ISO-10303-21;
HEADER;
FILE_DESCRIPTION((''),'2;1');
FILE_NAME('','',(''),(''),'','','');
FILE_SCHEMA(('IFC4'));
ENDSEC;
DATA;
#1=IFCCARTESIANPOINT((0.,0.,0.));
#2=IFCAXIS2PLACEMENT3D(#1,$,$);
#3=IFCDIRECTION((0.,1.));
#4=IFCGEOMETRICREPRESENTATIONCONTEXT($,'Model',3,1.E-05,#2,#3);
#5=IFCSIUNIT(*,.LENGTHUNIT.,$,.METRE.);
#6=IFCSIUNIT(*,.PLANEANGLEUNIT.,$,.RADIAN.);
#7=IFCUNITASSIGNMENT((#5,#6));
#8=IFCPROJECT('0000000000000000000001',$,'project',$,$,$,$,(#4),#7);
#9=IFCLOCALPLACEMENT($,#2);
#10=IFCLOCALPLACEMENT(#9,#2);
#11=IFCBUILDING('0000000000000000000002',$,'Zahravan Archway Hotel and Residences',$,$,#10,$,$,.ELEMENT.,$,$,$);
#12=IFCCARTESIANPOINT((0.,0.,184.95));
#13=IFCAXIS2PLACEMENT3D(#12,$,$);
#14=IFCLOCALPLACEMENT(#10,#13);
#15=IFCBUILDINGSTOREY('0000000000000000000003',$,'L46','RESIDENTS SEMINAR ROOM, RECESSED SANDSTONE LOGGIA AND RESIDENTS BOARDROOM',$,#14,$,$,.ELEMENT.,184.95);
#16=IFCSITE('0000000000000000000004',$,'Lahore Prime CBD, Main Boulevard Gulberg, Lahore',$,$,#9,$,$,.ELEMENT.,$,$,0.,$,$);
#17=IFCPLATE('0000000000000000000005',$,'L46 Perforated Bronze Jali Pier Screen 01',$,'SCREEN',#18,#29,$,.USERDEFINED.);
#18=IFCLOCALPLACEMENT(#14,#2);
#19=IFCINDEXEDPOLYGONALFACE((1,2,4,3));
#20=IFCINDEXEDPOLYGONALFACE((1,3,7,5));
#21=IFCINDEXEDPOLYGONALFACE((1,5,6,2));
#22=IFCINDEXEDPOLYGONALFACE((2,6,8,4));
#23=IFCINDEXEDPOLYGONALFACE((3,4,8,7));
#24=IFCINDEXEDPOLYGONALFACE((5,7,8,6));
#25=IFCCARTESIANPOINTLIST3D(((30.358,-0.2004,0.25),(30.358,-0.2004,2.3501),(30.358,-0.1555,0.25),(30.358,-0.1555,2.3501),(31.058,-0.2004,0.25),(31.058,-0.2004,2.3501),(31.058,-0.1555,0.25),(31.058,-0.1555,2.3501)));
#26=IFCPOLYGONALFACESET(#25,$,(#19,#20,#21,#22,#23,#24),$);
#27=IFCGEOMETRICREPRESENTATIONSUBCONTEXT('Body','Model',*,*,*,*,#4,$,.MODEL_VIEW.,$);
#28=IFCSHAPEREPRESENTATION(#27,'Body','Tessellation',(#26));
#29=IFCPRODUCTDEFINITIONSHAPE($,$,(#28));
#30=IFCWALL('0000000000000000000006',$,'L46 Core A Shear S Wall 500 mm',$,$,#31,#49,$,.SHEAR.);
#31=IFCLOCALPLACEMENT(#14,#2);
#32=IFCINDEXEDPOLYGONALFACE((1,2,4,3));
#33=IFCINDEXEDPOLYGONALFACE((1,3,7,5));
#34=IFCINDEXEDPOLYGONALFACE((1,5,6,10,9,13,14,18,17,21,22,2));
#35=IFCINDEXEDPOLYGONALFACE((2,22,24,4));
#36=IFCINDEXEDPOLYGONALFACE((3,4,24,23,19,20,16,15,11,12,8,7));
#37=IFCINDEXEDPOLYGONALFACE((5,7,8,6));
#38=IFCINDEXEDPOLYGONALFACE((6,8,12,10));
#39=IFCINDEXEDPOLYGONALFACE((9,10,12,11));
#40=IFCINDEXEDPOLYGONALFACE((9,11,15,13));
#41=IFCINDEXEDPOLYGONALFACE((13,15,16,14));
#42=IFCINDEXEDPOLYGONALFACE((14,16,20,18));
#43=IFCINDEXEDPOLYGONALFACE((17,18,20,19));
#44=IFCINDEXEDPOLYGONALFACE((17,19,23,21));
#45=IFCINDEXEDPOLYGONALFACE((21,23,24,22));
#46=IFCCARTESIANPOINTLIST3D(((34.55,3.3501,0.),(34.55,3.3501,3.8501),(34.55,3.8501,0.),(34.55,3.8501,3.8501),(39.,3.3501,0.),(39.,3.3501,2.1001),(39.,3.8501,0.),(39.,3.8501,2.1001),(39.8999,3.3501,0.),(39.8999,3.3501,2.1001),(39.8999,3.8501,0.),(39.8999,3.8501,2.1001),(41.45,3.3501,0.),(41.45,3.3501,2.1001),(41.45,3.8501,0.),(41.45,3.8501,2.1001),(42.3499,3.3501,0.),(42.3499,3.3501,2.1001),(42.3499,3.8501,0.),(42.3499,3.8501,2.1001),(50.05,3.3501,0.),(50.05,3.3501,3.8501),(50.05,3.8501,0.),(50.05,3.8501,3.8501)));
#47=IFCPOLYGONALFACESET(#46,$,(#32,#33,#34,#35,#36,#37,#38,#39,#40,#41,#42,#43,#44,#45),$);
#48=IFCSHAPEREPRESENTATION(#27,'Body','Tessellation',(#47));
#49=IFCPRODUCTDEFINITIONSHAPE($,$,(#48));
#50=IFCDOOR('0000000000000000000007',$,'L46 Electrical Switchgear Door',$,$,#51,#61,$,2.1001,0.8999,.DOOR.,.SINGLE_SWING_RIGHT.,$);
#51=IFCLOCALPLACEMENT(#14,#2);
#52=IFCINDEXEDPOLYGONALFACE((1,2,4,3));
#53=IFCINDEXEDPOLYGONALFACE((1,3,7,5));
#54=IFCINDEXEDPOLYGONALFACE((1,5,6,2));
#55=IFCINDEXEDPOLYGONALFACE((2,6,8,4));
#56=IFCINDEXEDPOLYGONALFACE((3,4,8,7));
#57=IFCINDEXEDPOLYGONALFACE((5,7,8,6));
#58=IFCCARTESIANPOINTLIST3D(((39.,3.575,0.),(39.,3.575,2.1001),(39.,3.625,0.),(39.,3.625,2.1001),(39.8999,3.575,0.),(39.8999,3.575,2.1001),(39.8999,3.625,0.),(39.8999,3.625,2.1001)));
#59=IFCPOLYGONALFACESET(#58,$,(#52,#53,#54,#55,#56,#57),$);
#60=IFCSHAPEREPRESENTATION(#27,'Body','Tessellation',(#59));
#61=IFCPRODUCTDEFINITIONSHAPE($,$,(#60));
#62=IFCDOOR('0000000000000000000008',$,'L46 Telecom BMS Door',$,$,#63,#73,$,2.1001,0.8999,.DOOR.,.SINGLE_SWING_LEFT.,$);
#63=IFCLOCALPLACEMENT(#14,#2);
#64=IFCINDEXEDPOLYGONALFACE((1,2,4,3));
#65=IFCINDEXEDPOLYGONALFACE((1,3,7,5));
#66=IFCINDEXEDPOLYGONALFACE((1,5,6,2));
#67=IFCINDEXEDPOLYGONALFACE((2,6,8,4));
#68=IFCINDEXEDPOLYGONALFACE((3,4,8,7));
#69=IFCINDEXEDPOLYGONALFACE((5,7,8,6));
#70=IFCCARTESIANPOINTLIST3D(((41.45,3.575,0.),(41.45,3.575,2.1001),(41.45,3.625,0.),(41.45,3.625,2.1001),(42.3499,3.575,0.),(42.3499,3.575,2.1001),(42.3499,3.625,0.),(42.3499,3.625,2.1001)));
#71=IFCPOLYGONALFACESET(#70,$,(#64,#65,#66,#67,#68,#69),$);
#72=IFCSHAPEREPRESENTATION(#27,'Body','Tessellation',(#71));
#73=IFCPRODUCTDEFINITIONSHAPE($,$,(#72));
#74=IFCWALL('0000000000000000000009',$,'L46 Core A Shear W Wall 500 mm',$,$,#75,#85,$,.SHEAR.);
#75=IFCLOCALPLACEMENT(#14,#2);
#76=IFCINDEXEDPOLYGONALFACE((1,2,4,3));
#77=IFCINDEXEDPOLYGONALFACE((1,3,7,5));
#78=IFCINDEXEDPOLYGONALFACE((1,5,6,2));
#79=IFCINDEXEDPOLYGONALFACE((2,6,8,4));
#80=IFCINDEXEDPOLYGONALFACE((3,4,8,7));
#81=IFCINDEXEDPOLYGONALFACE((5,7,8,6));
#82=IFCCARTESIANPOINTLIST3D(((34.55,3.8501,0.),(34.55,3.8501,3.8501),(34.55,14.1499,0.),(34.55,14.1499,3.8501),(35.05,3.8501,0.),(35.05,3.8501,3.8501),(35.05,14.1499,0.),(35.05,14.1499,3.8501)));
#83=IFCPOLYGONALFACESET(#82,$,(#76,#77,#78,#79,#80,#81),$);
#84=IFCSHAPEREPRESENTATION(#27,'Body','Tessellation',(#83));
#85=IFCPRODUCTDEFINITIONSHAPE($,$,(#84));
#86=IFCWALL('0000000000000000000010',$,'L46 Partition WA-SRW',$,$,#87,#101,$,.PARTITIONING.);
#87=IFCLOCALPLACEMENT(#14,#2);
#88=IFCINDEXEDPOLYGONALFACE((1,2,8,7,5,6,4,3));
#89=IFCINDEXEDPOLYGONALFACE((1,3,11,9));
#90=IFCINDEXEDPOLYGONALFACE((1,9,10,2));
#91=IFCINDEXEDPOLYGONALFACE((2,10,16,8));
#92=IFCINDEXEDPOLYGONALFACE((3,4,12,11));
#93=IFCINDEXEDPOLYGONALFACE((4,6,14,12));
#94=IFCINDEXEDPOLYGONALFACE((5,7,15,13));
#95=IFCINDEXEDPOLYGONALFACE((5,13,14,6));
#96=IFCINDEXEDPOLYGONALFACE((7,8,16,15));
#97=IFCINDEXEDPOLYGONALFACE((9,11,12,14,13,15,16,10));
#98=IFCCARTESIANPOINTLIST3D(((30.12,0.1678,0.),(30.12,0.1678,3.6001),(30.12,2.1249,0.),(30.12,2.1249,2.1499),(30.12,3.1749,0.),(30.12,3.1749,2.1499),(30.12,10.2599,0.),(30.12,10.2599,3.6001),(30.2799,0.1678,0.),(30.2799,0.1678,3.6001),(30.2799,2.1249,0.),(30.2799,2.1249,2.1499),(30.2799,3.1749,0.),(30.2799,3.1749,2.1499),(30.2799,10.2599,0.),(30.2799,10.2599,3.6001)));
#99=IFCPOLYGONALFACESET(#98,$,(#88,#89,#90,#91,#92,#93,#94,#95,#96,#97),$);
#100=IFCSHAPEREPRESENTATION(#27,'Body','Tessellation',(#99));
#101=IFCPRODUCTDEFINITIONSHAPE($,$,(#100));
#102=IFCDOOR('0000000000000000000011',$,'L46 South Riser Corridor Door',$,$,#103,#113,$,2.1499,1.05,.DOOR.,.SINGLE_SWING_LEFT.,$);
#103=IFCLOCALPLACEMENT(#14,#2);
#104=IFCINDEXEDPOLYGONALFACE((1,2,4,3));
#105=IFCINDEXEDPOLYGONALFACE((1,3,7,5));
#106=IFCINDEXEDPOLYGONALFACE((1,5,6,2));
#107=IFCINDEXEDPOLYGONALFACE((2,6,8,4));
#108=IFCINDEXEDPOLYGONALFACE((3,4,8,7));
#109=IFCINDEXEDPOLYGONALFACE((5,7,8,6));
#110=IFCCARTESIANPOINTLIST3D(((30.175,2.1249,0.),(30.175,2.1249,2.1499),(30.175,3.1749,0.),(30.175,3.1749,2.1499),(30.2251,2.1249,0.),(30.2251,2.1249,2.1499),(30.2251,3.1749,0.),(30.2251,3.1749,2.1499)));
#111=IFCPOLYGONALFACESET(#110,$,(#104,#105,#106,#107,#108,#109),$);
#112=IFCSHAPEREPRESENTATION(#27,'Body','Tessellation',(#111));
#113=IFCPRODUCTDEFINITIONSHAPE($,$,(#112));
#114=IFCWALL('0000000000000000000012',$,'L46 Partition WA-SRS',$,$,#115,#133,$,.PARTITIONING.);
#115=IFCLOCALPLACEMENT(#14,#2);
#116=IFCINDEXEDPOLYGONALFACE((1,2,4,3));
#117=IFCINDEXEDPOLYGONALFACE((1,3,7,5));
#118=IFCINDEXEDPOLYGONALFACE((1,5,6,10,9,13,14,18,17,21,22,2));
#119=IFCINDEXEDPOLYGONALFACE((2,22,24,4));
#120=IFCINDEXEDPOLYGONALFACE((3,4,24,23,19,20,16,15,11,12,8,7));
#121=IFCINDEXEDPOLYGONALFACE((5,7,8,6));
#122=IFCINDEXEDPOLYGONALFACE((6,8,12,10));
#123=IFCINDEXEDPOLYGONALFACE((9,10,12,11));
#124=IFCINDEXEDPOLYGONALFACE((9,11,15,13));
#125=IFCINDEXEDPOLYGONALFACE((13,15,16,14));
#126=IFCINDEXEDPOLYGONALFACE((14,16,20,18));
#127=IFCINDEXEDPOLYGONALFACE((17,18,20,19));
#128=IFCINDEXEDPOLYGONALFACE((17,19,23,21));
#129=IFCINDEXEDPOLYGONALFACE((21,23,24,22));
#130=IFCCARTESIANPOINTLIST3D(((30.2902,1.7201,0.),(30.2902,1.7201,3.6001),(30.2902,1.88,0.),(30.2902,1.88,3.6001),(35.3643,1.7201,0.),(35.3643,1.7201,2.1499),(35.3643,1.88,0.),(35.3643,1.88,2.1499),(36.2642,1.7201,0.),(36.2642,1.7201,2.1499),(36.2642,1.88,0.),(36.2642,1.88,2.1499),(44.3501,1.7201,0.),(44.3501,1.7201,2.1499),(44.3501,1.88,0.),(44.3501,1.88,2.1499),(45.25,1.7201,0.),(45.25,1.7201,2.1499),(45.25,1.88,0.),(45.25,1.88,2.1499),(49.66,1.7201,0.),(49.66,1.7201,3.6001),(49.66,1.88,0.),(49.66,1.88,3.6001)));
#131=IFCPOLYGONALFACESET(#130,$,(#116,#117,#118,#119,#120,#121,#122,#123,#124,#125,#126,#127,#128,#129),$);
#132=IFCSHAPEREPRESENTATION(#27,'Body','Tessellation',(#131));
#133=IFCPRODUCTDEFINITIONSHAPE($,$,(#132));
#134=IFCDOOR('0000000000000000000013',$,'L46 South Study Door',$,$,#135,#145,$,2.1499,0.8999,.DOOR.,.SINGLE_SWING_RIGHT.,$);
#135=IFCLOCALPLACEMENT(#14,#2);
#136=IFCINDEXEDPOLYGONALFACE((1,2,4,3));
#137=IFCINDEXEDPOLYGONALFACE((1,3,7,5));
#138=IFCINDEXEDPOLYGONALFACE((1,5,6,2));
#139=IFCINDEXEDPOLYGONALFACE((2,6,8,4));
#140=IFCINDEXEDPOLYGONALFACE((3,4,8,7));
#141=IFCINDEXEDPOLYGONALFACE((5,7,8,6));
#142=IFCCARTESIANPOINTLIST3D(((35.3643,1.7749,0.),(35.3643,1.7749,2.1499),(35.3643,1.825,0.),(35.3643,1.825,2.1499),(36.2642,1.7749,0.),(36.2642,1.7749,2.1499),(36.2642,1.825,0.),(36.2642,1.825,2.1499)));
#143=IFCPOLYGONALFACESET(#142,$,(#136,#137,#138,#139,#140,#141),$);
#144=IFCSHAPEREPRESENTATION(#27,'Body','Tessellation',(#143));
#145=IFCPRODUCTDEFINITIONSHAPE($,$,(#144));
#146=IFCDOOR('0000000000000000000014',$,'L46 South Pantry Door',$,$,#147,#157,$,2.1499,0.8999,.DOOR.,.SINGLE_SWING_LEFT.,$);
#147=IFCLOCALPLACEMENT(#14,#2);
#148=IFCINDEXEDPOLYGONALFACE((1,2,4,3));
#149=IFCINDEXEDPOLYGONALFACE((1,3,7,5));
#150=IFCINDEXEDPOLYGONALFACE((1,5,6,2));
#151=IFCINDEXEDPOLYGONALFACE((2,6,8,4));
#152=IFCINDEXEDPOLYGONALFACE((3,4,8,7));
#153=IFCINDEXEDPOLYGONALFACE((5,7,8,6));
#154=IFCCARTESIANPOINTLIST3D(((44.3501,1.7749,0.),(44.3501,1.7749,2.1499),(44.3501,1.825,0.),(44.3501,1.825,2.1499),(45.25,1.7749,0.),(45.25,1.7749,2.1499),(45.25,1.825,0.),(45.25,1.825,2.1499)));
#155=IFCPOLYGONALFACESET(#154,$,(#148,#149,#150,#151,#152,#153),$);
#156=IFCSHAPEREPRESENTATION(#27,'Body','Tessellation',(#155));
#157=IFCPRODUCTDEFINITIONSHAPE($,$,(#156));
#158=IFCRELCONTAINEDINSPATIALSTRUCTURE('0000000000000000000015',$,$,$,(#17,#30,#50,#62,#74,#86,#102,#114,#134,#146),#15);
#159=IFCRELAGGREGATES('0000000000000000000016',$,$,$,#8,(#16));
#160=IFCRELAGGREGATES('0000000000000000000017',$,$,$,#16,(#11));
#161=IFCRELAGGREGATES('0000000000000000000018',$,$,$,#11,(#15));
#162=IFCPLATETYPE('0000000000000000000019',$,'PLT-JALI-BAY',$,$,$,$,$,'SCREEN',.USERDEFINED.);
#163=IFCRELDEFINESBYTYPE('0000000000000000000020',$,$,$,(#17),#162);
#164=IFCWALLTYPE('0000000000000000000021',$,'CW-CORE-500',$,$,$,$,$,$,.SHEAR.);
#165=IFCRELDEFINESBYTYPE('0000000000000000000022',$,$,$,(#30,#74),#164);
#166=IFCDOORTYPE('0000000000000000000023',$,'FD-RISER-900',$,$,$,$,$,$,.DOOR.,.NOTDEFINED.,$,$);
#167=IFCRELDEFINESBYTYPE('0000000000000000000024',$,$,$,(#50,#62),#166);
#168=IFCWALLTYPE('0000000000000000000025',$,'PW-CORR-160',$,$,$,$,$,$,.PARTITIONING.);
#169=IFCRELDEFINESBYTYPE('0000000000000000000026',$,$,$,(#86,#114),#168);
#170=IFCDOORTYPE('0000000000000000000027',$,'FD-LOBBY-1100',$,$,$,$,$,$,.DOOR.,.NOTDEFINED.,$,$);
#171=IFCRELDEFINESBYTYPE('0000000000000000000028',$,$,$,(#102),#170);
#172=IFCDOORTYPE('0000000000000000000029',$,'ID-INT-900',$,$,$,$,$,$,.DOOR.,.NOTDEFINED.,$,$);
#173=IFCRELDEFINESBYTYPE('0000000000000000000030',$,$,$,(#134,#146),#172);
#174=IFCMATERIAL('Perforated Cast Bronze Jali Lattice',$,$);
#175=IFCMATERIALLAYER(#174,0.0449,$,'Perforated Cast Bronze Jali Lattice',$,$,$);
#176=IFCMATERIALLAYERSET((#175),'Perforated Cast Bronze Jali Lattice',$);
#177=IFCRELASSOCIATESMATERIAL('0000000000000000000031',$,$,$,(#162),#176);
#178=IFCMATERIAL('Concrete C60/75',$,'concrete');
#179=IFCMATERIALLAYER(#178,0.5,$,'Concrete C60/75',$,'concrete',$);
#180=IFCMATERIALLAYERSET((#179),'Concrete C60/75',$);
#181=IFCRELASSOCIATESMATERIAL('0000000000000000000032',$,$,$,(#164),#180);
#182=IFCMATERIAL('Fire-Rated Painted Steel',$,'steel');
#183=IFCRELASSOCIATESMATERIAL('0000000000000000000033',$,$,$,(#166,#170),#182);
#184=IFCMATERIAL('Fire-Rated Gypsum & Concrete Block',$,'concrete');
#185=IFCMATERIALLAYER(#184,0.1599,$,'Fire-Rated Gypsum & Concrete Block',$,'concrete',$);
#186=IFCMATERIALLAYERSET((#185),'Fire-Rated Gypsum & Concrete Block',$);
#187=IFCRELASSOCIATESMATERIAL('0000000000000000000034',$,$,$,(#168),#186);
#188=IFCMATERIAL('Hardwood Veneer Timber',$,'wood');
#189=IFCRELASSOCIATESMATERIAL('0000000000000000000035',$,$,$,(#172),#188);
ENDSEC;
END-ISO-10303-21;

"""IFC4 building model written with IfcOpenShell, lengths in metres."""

from ifc_helpers import new_model, si_unit, direction, frame, frame_2d, origin, origin_2d, place, context, subcontext, project, spatial, rectangle, extrude, source, transform, mapped, material, layer, layer_set, type_object, type_shapes, element, fill, save


model = new_model("IFC4")

# Units and contexts
model_context = context("Model", 3, precision=1e-05, world=origin(), true_north=direction((0.0, 1.0)))
body_context = subcontext(model_context, "Body", "Model", "MODEL_VIEW")
ifc_project = project(units=[si_unit("LENGTHUNIT", "METRE"), si_unit("PLANEANGLEUNIT", "RADIAN")], contexts=[model_context])

# Site, building, storey
site_placement = place(None, origin())
site = spatial("IfcSite", under=ifc_project, at=site_placement, Name="Lahore Prime CBD, Main Boulevard Gulberg, Lahore", CompositionType="ELEMENT", RefElevation=0.0)
building_placement = place(site_placement, origin())
building = spatial("IfcBuilding", under=site, at=building_placement, Name="Zahravan Archway Hotel and Residences", CompositionType="ELEMENT")
storey_placement = place(building_placement, frame((0.0, 0.0, 184.95)))
storey = spatial("IfcBuildingStorey", under=building, at=storey_placement, Name="L46", Description="RESIDENTS SEMINAR ROOM, RECESSED SANDSTONE LOGGIA AND RESIDENTS BOARDROOM", CompositionType="ELEMENT", Elevation=184.95)

# Shared definitions
ifc_material_1 = material(Name="Concrete C60/75", Category="concrete")

# Plate
ifc_material_2 = material(Name="Perforated Cast Bronze Jali Lattice")
ifc_layer_1 = layer(ifc_material_2, 0.0449, Name="Perforated Cast Bronze Jali Lattice")
ifc_layer_set_1 = layer_set([ifc_layer_1], Name="Perforated Cast Bronze Jali Lattice")
plate_type = type_object("IfcPlateType", Name="PLT-JALI-BAY", ElementType="SCREEN", PredefinedType="USERDEFINED", material=ifc_layer_set_1)
shared_shape_1 = source(origin(), body_context, "Body", "SweptSolid", [
    extrude(rectangle(XDim=0.7, YDim=0.0449, at=origin_2d()), origin(), (0.0, 0.0, 1.0), 2.1001),
])
type_shapes(plate_type, [shared_shape_1])
plate_placement = place(storey_placement, frame((30.708, -0.178, 0.25), z_axis=(0.0, 0.0, 1.0), x_axis=(1.0, 0.0, 0.0)))
element("IfcPlate", 1, at=plate_placement, inside=storey, type_object=plate_type, Name="L46 Perforated Bronze Jali Pier Screen 01", ObjectType="SCREEN", PredefinedType="USERDEFINED", context=body_context, shape_type="MappedRepresentation", body=[
    mapped(shared_shape_1, transform((0.0, 0.0, 0.0), scale=1.0)),
])

# Wall, openings, doors
ifc_layer_2 = layer(ifc_material_1, 0.5, Name="Concrete C60/75", Category="concrete")
ifc_layer_set_2 = layer_set([ifc_layer_2], Name="Concrete C60/75")
wall_type_1 = type_object("IfcWallType", Name="CW-CORE-500", PredefinedType="SHEAR", material=ifc_layer_set_2)
wall_1_placement = place(storey_placement, frame((34.55, 3.6001, 0.0), z_axis=(0.0, 0.0, 1.0), x_axis=(1.0, 0.0, 0.0)))
wall_1 = element("IfcWall", 2, at=wall_1_placement, inside=storey, type_object=wall_type_1, Name="L46 Core A Shear S Wall 500 mm", PredefinedType="SHEAR", context=body_context, shape_type="SweptSolid", body=[
    extrude(rectangle(XDim=15.5, YDim=0.5, at=frame_2d((7.75, 0.0))), origin(), (0.0, 0.0, 1.0), 3.8501),
])
opening_1_placement = place(wall_1_placement, frame((4.45, 0.0, 0.0)))
opening_1 = element("IfcOpeningElement", 3, at=opening_1_placement, cuts=wall_1, PredefinedType="OPENING", context=body_context, shape_type="SweptSolid", body=[
    extrude(rectangle(XDim=0.8999, YDim=2.1001, at=frame_2d((0.45, 1.05))), frame((0.0, 0.26, 0.0), z_axis=(0.0, -1.0, 0.0), x_axis=(1.0, 0.0, 0.0)), (0.0, 0.0, 1.0), 0.52),
])
opening_2_placement = place(wall_1_placement, frame((6.8999, 0.0, 0.0)))
opening_2 = element("IfcOpeningElement", 4, at=opening_2_placement, cuts=wall_1, PredefinedType="OPENING", context=body_context, shape_type="SweptSolid", body=[
    extrude(rectangle(XDim=0.8999, YDim=2.1001, at=frame_2d((0.45, 1.05))), frame((0.0, 0.26, 0.0), z_axis=(0.0, -1.0, 0.0), x_axis=(1.0, 0.0, 0.0)), (0.0, 0.0, 1.0), 0.52),
])
ifc_material_3 = material(Name="Fire-Rated Painted Steel", Category="steel")
door_type_1 = type_object("IfcDoorType", Name="FD-RISER-900", OperationType="NOTDEFINED", PredefinedType="DOOR", material=ifc_material_3)
shared_shape_2 = source(origin(), body_context, "Body", "SweptSolid", [
    extrude(rectangle(XDim=0.8999, YDim=2.1001, at=frame_2d((0.45, 1.05))), frame((0.0, 0.0249, 0.0), z_axis=(0.0, -1.0, 0.0), x_axis=(1.0, 0.0, 0.0)), (0.0, 0.0, 1.0), 0.05),
])
type_shapes(door_type_1, [shared_shape_2])
door_1_placement = place(opening_1_placement, origin())
door_1 = element("IfcDoor", 5, at=door_1_placement, inside=storey, type_object=door_type_1, Name="L46 Electrical Switchgear Door", OperationType="SINGLE_SWING_RIGHT", OverallHeight=2.1001, OverallWidth=0.8999, PredefinedType="DOOR", context=body_context, shape_type="MappedRepresentation", body=[
    mapped(shared_shape_2, transform((0.0, 0.0, 0.0), scale=1.0)),
])
fill(opening_1, door_1)
door_2_placement = place(opening_2_placement, origin())
door_2 = element("IfcDoor", 6, at=door_2_placement, inside=storey, type_object=door_type_1, Name="L46 Telecom BMS Door", OperationType="SINGLE_SWING_LEFT", OverallHeight=2.1001, OverallWidth=0.8999, PredefinedType="DOOR", context=body_context, shape_type="MappedRepresentation", body=[
    mapped(shared_shape_2, transform((0.0, 0.0, 0.0), scale=1.0)),
])
fill(opening_2, door_2)

# Wall
wall_2_placement = place(storey_placement, frame((34.8, 3.8501, 0.0), z_axis=(0.0, 0.0, 1.0), x_axis=(0.0, 1.0, 0.0)))
element("IfcWall", 7, at=wall_2_placement, inside=storey, type_object=wall_type_1, Name="L46 Core A Shear W Wall 500 mm", PredefinedType="SHEAR", context=body_context, shape_type="SweptSolid", body=[
    extrude(rectangle(XDim=10.2998, YDim=0.5, at=frame_2d((5.1499, 0.0))), origin(), (0.0, 0.0, 1.0), 3.8501),
])

# Wall, opening, door
ifc_material_4 = material(Name="Fire-Rated Gypsum & Concrete Block", Category="concrete")
ifc_layer_3 = layer(ifc_material_4, 0.1599, Name="Fire-Rated Gypsum & Concrete Block", Category="concrete")
ifc_layer_set_3 = layer_set([ifc_layer_3], Name="Fire-Rated Gypsum & Concrete Block")
wall_type_2 = type_object("IfcWallType", Name="PW-CORR-160", PredefinedType="PARTITIONING", material=ifc_layer_set_3)
wall_3_placement = place(storey_placement, frame((30.2, 0.168, 0.0), z_axis=(0.0, 0.0, 1.0), x_axis=(0.0, 1.0, 0.0)))
wall_3 = element("IfcWall", 8, at=wall_3_placement, inside=storey, type_object=wall_type_2, Name="L46 Partition WA-SRW", PredefinedType="PARTITIONING", context=body_context, shape_type="SweptSolid", body=[
    extrude(rectangle(XDim=10.092, YDim=0.1599, at=frame_2d((5.0459, 0.0))), origin(), (0.0, 0.0, 1.0), 3.6001),
])
opening_3_placement = place(wall_3_placement, frame((1.957, 0.0, 0.0)))
opening_3 = element("IfcOpeningElement", 9, at=opening_3_placement, cuts=wall_3, PredefinedType="OPENING", context=body_context, shape_type="SweptSolid", body=[
    extrude(rectangle(XDim=1.05, YDim=2.1499, at=frame_2d((0.5249, 1.075))), frame((0.0, 0.0898, 0.0), z_axis=(0.0, -1.0, 0.0), x_axis=(1.0, 0.0, 0.0)), (0.0, 0.0, 1.0), 0.1799),
])
door_type_2 = type_object("IfcDoorType", Name="FD-LOBBY-1100", OperationType="NOTDEFINED", PredefinedType="DOOR", material=ifc_material_3)
shared_shape_3 = source(origin(), body_context, "Body", "SweptSolid", [
    extrude(rectangle(XDim=1.05, YDim=2.1499, at=frame_2d((0.5249, 1.075))), frame((0.0, 0.0249, 0.0), z_axis=(0.0, -1.0, 0.0), x_axis=(1.0, 0.0, 0.0)), (0.0, 0.0, 1.0), 0.05),
])
type_shapes(door_type_2, [shared_shape_3])
door_3_placement = place(opening_3_placement, origin())
door_3 = element("IfcDoor", 10, at=door_3_placement, inside=storey, type_object=door_type_2, Name="L46 South Riser Corridor Door", OperationType="SINGLE_SWING_LEFT", OverallHeight=2.1499, OverallWidth=1.05, PredefinedType="DOOR", context=body_context, shape_type="MappedRepresentation", body=[
    mapped(shared_shape_3, transform((0.0, 0.0, 0.0), scale=1.0)),
])
fill(opening_3, door_3)

# Wall, openings, doors
wall_4_placement = place(storey_placement, frame((30.29, 1.8, 0.0), z_axis=(0.0, 0.0, 1.0), x_axis=(1.0, 0.0, 0.0)))
wall_4 = element("IfcWall", 11, at=wall_4_placement, inside=storey, type_object=wall_type_2, Name="L46 Partition WA-SRS", PredefinedType="PARTITIONING", context=body_context, shape_type="SweptSolid", body=[
    extrude(rectangle(XDim=19.3699, YDim=0.1599, at=frame_2d((9.6851, 0.0))), origin(), (0.0, 0.0, 1.0), 3.6001),
])
opening_4_placement = place(wall_4_placement, frame((5.0742, 0.0, 0.0)))
opening_4 = element("IfcOpeningElement", 12, at=opening_4_placement, cuts=wall_4, PredefinedType="OPENING", context=body_context, shape_type="SweptSolid", body=[
    extrude(rectangle(XDim=0.8999, YDim=2.1499, at=frame_2d((0.45, 1.075))), frame((0.0, 0.0898, 0.0), z_axis=(0.0, -1.0, 0.0), x_axis=(1.0, 0.0, 0.0)), (0.0, 0.0, 1.0), 0.1799),
])
opening_5_placement = place(wall_4_placement, frame((14.0601, 0.0, 0.0)))
opening_5 = element("IfcOpeningElement", 13, at=opening_5_placement, cuts=wall_4, PredefinedType="OPENING", context=body_context, shape_type="SweptSolid", body=[
    extrude(rectangle(XDim=0.8999, YDim=2.1499, at=frame_2d((0.45, 1.075))), frame((0.0, 0.0898, 0.0), z_axis=(0.0, -1.0, 0.0), x_axis=(1.0, 0.0, 0.0)), (0.0, 0.0, 1.0), 0.1799),
])
ifc_material_5 = material(Name="Hardwood Veneer Timber", Category="wood")
door_type_3 = type_object("IfcDoorType", Name="ID-INT-900", OperationType="NOTDEFINED", PredefinedType="DOOR", material=ifc_material_5)
shared_shape_4 = source(origin(), body_context, "Body", "SweptSolid", [
    extrude(rectangle(XDim=0.8999, YDim=2.1499, at=frame_2d((0.45, 1.075))), frame((0.0, 0.0249, 0.0), z_axis=(0.0, -1.0, 0.0), x_axis=(1.0, 0.0, 0.0)), (0.0, 0.0, 1.0), 0.05),
])
type_shapes(door_type_3, [shared_shape_4])
door_4_placement = place(opening_4_placement, origin())
door_4 = element("IfcDoor", 14, at=door_4_placement, inside=storey, type_object=door_type_3, Name="L46 South Study Door", OperationType="SINGLE_SWING_RIGHT", OverallHeight=2.1499, OverallWidth=0.8999, PredefinedType="DOOR", context=body_context, shape_type="MappedRepresentation", body=[
    mapped(shared_shape_4, transform((0.0, 0.0, 0.0), scale=1.0)),
])
fill(opening_4, door_4)
door_5_placement = place(opening_5_placement, origin())
door_5 = element("IfcDoor", 15, at=door_5_placement, inside=storey, type_object=door_type_3, Name="L46 South Pantry Door", OperationType="SINGLE_SWING_LEFT", OverallHeight=2.1499, OverallWidth=0.8999, PredefinedType="DOOR", context=body_context, shape_type="MappedRepresentation", body=[
    mapped(shared_shape_4, transform((0.0, 0.0, 0.0), scale=1.0)),
])
fill(opening_5, door_5)

save(model, "model.ifc")
